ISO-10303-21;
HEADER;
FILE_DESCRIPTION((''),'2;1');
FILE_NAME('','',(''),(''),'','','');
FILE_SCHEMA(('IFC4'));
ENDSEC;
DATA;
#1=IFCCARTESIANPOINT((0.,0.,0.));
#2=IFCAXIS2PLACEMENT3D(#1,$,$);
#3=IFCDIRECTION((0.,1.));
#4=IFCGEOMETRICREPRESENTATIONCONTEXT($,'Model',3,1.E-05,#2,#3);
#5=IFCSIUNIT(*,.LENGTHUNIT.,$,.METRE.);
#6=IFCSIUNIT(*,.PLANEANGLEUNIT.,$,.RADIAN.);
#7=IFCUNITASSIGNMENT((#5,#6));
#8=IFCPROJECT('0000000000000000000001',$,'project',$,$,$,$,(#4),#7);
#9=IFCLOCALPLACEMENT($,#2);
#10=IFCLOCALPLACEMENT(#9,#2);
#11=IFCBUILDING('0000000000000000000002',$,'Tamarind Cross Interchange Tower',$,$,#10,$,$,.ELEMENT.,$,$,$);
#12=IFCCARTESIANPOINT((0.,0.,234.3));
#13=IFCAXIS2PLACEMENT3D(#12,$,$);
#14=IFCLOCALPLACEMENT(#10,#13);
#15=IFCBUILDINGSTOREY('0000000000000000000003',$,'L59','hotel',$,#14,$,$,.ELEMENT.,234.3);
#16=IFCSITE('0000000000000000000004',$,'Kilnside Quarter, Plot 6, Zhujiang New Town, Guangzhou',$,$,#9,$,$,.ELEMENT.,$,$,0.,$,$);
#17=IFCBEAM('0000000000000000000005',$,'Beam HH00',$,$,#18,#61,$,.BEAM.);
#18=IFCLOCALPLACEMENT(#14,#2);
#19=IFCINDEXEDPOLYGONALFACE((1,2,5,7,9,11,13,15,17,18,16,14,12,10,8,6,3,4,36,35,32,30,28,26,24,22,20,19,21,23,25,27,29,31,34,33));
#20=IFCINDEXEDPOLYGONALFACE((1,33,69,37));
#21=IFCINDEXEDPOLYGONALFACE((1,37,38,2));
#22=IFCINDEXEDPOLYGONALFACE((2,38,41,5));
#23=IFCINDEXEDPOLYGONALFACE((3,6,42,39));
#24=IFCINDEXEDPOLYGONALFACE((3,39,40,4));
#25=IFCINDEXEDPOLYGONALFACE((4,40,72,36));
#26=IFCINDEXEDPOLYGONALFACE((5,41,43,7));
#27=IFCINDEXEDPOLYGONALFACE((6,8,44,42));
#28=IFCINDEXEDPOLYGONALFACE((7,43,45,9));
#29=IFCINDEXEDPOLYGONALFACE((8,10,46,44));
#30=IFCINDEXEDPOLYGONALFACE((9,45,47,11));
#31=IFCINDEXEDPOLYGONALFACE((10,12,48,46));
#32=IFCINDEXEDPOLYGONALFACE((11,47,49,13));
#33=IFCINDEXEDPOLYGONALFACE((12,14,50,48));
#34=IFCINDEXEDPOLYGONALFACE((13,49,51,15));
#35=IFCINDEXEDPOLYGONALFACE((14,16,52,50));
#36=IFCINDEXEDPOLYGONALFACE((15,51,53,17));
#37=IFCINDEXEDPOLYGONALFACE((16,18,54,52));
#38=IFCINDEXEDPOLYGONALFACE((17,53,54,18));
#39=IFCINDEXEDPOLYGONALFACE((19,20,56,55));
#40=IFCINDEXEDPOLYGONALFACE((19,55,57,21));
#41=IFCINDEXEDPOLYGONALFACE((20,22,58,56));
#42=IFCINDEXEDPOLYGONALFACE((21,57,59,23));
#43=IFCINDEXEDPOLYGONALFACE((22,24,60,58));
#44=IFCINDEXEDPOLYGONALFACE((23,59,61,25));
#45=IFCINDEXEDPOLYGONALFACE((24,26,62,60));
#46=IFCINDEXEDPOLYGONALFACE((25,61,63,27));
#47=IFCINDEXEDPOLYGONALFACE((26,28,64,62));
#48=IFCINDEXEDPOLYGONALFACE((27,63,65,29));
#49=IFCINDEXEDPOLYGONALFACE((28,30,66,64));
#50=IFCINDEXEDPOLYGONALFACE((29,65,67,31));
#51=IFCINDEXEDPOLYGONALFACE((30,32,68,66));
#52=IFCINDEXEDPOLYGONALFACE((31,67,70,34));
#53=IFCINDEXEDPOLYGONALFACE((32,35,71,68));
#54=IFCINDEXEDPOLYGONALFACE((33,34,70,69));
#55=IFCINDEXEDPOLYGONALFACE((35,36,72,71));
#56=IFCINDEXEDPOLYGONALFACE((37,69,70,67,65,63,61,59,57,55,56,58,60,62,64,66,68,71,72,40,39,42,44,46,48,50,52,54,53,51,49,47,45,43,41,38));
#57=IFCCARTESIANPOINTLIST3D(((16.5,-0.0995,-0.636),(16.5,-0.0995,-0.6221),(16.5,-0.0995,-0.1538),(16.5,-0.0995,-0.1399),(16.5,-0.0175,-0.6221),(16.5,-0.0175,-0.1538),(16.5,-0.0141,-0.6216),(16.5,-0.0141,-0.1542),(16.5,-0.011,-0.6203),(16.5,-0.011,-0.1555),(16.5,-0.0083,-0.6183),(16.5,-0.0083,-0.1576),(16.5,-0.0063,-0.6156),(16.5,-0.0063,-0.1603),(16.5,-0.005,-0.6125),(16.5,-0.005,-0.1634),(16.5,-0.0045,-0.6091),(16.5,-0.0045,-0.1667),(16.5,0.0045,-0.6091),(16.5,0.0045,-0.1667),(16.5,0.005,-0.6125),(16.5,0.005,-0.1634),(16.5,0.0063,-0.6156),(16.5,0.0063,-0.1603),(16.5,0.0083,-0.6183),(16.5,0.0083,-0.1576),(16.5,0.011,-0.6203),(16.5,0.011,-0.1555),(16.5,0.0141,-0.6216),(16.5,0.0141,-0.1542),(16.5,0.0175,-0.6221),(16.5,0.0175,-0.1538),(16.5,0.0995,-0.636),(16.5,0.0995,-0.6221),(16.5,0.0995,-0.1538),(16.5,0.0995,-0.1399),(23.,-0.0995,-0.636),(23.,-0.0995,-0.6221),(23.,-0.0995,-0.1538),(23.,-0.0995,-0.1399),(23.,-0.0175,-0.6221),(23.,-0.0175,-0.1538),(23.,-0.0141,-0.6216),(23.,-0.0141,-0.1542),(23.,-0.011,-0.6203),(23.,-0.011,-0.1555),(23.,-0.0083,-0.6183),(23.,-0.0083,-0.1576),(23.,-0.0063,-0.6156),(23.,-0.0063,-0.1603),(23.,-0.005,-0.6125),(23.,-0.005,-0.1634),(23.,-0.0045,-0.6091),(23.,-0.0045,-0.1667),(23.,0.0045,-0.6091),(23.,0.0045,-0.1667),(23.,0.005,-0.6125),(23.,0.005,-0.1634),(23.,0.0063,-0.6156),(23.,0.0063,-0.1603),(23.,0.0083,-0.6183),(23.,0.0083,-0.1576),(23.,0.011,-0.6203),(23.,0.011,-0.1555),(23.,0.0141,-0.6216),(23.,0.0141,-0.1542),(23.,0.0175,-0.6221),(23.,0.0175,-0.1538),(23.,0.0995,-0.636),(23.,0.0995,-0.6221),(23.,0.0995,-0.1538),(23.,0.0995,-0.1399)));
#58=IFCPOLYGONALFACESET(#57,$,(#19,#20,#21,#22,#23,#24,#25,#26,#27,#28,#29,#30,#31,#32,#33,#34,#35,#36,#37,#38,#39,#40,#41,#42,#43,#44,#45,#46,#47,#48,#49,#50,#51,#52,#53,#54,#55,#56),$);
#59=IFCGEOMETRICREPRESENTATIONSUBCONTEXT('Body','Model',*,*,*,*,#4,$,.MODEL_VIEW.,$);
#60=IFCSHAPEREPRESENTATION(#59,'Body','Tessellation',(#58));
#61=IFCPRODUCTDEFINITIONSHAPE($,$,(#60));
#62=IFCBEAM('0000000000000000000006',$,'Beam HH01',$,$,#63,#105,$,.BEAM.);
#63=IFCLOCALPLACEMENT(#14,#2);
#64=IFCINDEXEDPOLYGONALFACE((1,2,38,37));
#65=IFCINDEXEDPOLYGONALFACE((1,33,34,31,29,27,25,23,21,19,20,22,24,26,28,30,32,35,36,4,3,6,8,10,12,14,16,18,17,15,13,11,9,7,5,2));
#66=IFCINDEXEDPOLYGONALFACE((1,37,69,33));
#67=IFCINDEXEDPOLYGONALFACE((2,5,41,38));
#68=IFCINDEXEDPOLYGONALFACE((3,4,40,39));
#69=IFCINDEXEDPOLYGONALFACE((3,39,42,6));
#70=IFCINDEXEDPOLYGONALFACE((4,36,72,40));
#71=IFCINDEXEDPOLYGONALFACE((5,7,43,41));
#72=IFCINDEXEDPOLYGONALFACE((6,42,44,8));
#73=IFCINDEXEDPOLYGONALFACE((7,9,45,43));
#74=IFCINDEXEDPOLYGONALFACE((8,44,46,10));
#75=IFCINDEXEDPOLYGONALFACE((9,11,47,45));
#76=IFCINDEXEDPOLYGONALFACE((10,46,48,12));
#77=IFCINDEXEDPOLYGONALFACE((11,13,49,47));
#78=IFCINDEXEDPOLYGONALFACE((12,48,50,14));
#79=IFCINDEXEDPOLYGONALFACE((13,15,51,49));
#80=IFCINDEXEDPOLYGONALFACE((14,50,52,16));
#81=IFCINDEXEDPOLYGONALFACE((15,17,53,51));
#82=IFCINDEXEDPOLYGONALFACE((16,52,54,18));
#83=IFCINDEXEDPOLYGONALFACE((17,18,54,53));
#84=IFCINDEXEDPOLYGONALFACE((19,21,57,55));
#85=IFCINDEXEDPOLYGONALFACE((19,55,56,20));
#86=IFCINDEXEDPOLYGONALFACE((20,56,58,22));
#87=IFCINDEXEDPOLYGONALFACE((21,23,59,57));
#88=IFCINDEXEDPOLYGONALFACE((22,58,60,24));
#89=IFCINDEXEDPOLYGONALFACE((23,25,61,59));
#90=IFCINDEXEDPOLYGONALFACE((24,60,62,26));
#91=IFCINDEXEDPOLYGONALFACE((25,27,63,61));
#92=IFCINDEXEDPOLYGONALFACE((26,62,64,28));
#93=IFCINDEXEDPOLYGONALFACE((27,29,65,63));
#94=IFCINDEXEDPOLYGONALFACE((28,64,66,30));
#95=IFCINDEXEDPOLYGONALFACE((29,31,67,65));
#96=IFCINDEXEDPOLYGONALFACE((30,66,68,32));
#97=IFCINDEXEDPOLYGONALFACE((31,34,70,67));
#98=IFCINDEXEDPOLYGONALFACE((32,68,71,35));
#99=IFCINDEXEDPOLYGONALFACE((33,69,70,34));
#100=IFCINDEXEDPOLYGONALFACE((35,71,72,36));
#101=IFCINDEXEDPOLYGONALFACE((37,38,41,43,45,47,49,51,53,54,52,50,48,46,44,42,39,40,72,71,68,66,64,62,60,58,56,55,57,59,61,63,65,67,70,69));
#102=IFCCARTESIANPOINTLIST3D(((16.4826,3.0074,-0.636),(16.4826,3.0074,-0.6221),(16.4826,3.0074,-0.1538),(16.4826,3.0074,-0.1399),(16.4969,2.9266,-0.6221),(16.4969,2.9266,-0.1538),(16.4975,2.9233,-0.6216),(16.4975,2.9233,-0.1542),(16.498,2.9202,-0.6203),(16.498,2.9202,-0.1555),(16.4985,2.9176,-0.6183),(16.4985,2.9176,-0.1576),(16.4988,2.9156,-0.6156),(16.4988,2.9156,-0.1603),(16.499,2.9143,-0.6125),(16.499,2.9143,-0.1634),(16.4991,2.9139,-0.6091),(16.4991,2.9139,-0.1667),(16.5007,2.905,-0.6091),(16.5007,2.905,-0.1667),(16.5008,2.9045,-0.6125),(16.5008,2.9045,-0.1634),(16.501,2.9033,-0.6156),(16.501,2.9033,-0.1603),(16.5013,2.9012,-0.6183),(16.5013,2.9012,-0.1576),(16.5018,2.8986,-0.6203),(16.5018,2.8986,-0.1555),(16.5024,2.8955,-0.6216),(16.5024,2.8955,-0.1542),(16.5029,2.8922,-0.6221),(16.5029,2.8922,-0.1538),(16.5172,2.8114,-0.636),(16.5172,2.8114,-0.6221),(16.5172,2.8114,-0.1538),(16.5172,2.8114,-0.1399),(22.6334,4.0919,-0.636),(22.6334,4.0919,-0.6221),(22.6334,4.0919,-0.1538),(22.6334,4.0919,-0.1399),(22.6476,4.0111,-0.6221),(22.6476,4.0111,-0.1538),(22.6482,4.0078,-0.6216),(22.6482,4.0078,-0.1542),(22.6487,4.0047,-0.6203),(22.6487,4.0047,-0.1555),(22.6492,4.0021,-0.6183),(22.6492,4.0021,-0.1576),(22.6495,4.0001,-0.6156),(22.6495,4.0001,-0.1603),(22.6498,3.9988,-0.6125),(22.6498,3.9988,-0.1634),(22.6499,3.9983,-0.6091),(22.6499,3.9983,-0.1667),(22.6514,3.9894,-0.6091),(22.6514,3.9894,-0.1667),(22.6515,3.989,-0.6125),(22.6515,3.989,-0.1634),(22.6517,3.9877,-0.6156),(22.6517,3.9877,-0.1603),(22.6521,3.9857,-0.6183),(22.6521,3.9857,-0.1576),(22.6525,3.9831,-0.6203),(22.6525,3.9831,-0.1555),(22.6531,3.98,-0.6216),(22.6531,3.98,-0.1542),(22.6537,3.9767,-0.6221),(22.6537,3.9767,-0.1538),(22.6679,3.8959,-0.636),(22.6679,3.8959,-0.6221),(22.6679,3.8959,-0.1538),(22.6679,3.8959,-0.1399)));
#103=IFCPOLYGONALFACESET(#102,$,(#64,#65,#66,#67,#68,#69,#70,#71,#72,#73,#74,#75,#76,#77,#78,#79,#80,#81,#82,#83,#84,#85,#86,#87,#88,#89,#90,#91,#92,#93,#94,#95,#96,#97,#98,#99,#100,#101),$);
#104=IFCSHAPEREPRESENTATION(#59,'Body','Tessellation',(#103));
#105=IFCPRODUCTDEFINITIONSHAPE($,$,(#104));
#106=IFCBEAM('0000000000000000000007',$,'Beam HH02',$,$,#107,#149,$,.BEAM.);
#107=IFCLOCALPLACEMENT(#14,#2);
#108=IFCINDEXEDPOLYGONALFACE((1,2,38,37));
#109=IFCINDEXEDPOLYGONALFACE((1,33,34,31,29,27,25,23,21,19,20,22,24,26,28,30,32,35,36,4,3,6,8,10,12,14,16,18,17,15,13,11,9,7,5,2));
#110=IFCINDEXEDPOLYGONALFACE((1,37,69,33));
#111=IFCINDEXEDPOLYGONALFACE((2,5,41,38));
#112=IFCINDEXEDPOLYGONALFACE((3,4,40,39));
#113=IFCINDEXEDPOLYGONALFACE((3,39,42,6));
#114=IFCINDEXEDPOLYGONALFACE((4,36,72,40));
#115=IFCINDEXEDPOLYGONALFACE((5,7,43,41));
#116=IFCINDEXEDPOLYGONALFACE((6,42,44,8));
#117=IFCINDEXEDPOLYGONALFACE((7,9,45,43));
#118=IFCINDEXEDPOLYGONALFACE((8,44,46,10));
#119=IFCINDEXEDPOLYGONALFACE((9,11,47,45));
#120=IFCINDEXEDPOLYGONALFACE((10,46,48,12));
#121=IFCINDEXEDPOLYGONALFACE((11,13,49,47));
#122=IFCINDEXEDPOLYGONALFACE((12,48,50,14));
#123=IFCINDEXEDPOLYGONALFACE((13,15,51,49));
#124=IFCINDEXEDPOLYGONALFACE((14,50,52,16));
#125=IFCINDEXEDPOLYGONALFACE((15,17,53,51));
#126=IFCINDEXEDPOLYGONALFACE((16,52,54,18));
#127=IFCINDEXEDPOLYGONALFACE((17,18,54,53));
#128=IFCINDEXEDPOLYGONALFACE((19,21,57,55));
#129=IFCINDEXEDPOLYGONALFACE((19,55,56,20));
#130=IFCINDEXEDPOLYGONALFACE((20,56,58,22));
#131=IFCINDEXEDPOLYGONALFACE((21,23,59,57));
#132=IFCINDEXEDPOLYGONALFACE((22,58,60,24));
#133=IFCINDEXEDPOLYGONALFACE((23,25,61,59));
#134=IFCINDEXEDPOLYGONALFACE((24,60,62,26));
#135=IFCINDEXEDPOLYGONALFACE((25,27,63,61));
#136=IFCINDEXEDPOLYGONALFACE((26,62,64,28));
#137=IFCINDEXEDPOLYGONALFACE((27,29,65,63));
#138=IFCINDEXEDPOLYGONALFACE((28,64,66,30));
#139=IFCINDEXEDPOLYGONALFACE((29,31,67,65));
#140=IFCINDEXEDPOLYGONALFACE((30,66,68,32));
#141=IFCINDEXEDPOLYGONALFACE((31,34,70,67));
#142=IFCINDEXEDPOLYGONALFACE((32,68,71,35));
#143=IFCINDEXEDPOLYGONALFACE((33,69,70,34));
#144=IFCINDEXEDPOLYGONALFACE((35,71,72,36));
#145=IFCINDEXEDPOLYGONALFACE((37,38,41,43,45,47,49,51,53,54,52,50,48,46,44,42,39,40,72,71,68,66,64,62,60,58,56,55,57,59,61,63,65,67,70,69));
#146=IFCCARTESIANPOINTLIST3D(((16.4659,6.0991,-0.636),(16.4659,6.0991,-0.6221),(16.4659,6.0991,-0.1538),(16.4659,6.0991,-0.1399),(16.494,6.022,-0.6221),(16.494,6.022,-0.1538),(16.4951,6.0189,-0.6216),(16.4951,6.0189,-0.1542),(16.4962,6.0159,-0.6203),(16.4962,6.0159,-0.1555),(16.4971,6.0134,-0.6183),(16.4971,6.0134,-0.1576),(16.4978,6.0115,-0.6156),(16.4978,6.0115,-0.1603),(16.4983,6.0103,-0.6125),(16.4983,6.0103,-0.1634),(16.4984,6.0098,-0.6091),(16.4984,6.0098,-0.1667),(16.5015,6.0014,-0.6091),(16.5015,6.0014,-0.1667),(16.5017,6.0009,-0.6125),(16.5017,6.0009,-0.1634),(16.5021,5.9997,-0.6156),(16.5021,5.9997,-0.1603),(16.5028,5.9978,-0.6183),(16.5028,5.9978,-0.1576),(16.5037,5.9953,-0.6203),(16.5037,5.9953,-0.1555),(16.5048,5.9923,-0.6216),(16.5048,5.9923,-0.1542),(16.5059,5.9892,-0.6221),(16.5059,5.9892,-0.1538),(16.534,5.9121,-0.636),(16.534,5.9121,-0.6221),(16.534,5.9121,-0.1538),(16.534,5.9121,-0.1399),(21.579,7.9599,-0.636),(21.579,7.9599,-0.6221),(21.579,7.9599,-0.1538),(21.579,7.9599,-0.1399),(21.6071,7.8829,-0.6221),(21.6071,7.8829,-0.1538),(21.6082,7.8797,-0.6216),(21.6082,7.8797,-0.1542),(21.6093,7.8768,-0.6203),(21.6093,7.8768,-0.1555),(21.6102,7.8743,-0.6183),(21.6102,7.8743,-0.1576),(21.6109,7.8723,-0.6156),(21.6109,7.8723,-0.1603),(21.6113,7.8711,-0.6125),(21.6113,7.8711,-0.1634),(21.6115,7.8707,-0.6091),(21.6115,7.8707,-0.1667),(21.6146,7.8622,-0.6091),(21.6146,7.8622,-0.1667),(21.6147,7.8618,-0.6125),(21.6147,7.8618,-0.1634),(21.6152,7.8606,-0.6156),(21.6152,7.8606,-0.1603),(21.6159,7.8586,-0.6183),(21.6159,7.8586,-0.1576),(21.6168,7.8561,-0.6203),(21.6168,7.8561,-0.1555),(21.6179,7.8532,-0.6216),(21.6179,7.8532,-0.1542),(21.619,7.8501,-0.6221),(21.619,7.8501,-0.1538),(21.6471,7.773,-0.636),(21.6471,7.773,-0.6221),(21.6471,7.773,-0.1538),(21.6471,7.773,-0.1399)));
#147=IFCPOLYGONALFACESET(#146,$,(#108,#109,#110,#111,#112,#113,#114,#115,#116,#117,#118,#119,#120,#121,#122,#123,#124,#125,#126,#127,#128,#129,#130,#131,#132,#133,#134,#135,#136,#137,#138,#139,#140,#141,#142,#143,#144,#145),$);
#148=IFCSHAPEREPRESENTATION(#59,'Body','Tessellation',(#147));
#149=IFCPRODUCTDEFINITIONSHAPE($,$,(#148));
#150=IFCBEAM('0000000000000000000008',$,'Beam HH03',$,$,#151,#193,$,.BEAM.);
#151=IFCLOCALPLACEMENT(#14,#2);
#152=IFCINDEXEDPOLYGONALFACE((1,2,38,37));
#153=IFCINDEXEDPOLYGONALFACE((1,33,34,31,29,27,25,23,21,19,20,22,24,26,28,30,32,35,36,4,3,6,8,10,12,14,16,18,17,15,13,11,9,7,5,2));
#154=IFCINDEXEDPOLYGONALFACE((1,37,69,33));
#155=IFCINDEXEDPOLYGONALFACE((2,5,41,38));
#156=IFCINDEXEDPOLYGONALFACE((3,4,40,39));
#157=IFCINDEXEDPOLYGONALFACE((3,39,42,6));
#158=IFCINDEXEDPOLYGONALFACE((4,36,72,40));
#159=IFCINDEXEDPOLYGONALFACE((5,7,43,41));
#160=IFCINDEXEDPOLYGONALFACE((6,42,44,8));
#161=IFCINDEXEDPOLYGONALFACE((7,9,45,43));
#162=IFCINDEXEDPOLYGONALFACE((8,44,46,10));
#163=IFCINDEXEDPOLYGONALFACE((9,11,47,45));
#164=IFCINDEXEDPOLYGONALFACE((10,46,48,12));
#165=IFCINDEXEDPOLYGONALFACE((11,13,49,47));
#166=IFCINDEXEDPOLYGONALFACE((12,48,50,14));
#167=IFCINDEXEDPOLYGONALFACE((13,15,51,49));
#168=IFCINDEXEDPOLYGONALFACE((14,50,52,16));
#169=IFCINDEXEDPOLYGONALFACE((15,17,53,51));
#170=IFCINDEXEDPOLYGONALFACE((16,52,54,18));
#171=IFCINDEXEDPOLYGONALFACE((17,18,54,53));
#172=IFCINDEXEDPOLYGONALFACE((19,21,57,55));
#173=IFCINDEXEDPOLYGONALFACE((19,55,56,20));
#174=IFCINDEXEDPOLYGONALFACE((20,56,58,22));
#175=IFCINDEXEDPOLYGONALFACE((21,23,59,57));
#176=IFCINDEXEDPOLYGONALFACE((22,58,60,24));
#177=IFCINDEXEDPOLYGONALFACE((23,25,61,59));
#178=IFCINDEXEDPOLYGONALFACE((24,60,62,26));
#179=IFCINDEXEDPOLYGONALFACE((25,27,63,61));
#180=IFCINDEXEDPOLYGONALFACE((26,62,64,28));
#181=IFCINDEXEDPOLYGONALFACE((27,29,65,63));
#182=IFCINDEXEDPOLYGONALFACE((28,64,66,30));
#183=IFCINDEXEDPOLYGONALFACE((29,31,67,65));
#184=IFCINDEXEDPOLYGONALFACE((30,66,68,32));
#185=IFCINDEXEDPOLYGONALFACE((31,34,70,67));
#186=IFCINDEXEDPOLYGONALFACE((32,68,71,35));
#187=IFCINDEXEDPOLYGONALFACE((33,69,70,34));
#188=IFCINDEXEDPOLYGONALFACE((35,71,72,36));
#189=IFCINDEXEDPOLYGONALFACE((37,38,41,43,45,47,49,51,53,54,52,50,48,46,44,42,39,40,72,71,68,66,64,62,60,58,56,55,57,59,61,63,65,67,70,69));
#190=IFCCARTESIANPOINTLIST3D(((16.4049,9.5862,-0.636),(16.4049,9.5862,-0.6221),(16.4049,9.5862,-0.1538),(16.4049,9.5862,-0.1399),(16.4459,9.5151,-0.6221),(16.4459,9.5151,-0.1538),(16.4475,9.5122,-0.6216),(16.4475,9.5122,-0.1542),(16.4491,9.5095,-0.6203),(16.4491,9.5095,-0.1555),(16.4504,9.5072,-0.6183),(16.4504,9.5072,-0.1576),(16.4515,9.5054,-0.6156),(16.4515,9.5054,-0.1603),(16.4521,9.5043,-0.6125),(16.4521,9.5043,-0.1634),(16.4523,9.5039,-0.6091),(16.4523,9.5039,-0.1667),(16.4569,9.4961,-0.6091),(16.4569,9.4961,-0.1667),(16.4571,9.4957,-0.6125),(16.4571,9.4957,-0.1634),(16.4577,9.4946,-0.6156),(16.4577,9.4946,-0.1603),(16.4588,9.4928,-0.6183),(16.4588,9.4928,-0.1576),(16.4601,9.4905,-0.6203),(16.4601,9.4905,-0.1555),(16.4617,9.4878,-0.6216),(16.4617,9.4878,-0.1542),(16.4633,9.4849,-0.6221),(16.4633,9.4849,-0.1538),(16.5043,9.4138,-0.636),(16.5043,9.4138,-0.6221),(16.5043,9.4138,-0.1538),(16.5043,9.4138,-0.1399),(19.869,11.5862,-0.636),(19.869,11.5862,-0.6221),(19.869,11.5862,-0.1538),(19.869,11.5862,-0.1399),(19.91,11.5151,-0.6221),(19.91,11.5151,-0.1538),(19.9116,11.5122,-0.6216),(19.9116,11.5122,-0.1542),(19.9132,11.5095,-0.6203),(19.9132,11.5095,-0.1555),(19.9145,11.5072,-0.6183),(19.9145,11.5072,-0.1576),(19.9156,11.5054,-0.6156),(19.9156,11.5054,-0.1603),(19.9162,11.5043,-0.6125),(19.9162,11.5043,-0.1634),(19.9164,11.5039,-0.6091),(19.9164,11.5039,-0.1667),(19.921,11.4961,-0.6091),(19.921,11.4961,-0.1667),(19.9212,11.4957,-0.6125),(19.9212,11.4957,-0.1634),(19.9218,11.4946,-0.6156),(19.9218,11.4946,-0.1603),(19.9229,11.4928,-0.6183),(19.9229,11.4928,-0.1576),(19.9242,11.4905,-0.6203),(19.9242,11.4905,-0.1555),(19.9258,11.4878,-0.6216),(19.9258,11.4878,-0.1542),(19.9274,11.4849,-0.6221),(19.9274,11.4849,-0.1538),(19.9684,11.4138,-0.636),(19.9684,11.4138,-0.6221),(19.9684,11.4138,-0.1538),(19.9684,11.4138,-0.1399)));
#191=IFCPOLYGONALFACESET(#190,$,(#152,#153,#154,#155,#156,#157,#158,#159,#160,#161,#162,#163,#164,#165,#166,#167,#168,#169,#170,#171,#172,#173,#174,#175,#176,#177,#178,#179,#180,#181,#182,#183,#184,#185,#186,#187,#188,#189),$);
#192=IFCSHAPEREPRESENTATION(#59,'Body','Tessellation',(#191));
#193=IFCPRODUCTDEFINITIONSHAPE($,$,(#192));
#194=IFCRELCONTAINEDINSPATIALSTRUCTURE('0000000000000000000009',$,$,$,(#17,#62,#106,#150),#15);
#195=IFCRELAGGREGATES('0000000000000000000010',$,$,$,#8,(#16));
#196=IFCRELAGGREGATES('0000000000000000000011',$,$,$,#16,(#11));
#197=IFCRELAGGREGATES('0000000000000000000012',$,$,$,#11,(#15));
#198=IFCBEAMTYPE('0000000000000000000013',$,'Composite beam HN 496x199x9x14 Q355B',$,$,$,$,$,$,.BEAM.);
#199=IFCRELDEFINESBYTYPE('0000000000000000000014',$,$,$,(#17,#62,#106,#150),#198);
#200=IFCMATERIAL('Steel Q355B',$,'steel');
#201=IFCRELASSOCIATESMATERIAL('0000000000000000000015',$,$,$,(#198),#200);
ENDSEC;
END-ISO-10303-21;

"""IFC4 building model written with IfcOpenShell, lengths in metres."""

from ifc_helpers import new_model, si_unit, direction, frame, origin, origin_2d, place, context, subcontext, project, spatial, i_section, extrude, material, material_profile, profile_set, type_object, element, save


model = new_model("IFC4")

# Units and contexts
model_context = context("Model", 3, precision=1e-05, world=origin(), true_north=direction((0.0, 1.0)))
body_context = subcontext(model_context, "Body", "Model", "MODEL_VIEW")
ifc_project = project(units=[si_unit("LENGTHUNIT", "METRE"), si_unit("PLANEANGLEUNIT", "RADIAN")], contexts=[model_context])

# Site, building, storey
site_placement = place(None, origin())
site = spatial("IfcSite", under=ifc_project, at=site_placement, Name="Kilnside Quarter, Plot 6, Zhujiang New Town, Guangzhou", CompositionType="ELEMENT", RefElevation=0.0)
building_placement = place(site_placement, origin())
building = spatial("IfcBuilding", under=site, at=building_placement, Name="Tamarind Cross Interchange Tower", CompositionType="ELEMENT")
storey_placement = place(building_placement, frame((0.0, 0.0, 234.3)))
storey = spatial("IfcBuildingStorey", under=building, at=storey_placement, Name="L59", Description="hotel", CompositionType="ELEMENT", Elevation=234.3)

# Beams
ifc_material_1 = material(Name="Steel Q355B", Category="steel")
ifc_material_profile_1 = material_profile(ifc_material_1, i_section(OverallWidth=0.199, OverallDepth=0.4961, WebThickness=0.009, FlangeThickness=0.0139, FilletRadius=0.0129, at=origin_2d()), Name="HN 496x199x9x14")
ifc_profile_set_1 = profile_set([ifc_material_profile_1], Name="Steel Q355B")
beam_type = type_object("IfcBeamType", Name="Composite beam HN 496x199x9x14 Q355B", PredefinedType="BEAM", material=ifc_profile_set_1)
beam_1_placement = place(storey_placement, frame((23.0, 0.0, -0.3879), z_axis=(-1.0, 0.0, 0.0), x_axis=(0.0, -1.0, 0.0)))
element("IfcBeam", 1, at=beam_1_placement, inside=storey, type_object=beam_type, Name="Beam HH00", PredefinedType="BEAM", context=body_context, shape_type="SweptSolid", body=[
    extrude(i_section(OverallWidth=0.199, OverallDepth=0.4961, WebThickness=0.009, FlangeThickness=0.0139, FilletRadius=0.0129, at=origin_2d()), origin(), (0.0, 0.0, 1.0), 6.5),
])
beam_2_placement = place(storey_placement, frame((22.6506, 3.9939, -0.3879), z_axis=(-0.984809, -0.17364, 0.0), x_axis=(0.17364, -0.984809, 0.0)))
element("IfcBeam", 2, at=beam_2_placement, inside=storey, type_object=beam_type, Name="Beam HH01", PredefinedType="BEAM", context=body_context, shape_type="SweptSolid", body=[
    extrude(i_section(OverallWidth=0.199, OverallDepth=0.4961, WebThickness=0.009, FlangeThickness=0.0139, FilletRadius=0.0129, at=origin_2d()), origin(), (0.0, 0.0, 1.0), 6.2456),
])
beam_3_placement = place(storey_placement, frame((21.613, 7.8665, -0.3879), z_axis=(-0.939702, -0.341995, 0.0), x_axis=(0.341995, -0.939702, 0.0)))
element("IfcBeam", 3, at=beam_3_placement, inside=storey, type_object=beam_type, Name="Beam HH02", PredefinedType="BEAM", context=body_context, shape_type="SweptSolid", body=[
    extrude(i_section(OverallWidth=0.199, OverallDepth=0.4961, WebThickness=0.009, FlangeThickness=0.0139, FilletRadius=0.0129, at=origin_2d()), origin(), (0.0, 0.0, 1.0), 5.4412),
])
beam_4_placement = place(storey_placement, frame((19.9187, 11.5, -0.3879), z_axis=(-0.866026, -0.499999, 0.0), x_axis=(0.499999, -0.866026, 0.0)))
element("IfcBeam", 4, at=beam_4_placement, inside=storey, type_object=beam_type, Name="Beam HH03", PredefinedType="BEAM", context=body_context, shape_type="SweptSolid", body=[
    extrude(i_section(OverallWidth=0.199, OverallDepth=0.4961, WebThickness=0.009, FlangeThickness=0.0139, FilletRadius=0.0129, at=origin_2d()), origin(), (0.0, 0.0, 1.0), 4.0),
])

save(model, "model.ifc")
